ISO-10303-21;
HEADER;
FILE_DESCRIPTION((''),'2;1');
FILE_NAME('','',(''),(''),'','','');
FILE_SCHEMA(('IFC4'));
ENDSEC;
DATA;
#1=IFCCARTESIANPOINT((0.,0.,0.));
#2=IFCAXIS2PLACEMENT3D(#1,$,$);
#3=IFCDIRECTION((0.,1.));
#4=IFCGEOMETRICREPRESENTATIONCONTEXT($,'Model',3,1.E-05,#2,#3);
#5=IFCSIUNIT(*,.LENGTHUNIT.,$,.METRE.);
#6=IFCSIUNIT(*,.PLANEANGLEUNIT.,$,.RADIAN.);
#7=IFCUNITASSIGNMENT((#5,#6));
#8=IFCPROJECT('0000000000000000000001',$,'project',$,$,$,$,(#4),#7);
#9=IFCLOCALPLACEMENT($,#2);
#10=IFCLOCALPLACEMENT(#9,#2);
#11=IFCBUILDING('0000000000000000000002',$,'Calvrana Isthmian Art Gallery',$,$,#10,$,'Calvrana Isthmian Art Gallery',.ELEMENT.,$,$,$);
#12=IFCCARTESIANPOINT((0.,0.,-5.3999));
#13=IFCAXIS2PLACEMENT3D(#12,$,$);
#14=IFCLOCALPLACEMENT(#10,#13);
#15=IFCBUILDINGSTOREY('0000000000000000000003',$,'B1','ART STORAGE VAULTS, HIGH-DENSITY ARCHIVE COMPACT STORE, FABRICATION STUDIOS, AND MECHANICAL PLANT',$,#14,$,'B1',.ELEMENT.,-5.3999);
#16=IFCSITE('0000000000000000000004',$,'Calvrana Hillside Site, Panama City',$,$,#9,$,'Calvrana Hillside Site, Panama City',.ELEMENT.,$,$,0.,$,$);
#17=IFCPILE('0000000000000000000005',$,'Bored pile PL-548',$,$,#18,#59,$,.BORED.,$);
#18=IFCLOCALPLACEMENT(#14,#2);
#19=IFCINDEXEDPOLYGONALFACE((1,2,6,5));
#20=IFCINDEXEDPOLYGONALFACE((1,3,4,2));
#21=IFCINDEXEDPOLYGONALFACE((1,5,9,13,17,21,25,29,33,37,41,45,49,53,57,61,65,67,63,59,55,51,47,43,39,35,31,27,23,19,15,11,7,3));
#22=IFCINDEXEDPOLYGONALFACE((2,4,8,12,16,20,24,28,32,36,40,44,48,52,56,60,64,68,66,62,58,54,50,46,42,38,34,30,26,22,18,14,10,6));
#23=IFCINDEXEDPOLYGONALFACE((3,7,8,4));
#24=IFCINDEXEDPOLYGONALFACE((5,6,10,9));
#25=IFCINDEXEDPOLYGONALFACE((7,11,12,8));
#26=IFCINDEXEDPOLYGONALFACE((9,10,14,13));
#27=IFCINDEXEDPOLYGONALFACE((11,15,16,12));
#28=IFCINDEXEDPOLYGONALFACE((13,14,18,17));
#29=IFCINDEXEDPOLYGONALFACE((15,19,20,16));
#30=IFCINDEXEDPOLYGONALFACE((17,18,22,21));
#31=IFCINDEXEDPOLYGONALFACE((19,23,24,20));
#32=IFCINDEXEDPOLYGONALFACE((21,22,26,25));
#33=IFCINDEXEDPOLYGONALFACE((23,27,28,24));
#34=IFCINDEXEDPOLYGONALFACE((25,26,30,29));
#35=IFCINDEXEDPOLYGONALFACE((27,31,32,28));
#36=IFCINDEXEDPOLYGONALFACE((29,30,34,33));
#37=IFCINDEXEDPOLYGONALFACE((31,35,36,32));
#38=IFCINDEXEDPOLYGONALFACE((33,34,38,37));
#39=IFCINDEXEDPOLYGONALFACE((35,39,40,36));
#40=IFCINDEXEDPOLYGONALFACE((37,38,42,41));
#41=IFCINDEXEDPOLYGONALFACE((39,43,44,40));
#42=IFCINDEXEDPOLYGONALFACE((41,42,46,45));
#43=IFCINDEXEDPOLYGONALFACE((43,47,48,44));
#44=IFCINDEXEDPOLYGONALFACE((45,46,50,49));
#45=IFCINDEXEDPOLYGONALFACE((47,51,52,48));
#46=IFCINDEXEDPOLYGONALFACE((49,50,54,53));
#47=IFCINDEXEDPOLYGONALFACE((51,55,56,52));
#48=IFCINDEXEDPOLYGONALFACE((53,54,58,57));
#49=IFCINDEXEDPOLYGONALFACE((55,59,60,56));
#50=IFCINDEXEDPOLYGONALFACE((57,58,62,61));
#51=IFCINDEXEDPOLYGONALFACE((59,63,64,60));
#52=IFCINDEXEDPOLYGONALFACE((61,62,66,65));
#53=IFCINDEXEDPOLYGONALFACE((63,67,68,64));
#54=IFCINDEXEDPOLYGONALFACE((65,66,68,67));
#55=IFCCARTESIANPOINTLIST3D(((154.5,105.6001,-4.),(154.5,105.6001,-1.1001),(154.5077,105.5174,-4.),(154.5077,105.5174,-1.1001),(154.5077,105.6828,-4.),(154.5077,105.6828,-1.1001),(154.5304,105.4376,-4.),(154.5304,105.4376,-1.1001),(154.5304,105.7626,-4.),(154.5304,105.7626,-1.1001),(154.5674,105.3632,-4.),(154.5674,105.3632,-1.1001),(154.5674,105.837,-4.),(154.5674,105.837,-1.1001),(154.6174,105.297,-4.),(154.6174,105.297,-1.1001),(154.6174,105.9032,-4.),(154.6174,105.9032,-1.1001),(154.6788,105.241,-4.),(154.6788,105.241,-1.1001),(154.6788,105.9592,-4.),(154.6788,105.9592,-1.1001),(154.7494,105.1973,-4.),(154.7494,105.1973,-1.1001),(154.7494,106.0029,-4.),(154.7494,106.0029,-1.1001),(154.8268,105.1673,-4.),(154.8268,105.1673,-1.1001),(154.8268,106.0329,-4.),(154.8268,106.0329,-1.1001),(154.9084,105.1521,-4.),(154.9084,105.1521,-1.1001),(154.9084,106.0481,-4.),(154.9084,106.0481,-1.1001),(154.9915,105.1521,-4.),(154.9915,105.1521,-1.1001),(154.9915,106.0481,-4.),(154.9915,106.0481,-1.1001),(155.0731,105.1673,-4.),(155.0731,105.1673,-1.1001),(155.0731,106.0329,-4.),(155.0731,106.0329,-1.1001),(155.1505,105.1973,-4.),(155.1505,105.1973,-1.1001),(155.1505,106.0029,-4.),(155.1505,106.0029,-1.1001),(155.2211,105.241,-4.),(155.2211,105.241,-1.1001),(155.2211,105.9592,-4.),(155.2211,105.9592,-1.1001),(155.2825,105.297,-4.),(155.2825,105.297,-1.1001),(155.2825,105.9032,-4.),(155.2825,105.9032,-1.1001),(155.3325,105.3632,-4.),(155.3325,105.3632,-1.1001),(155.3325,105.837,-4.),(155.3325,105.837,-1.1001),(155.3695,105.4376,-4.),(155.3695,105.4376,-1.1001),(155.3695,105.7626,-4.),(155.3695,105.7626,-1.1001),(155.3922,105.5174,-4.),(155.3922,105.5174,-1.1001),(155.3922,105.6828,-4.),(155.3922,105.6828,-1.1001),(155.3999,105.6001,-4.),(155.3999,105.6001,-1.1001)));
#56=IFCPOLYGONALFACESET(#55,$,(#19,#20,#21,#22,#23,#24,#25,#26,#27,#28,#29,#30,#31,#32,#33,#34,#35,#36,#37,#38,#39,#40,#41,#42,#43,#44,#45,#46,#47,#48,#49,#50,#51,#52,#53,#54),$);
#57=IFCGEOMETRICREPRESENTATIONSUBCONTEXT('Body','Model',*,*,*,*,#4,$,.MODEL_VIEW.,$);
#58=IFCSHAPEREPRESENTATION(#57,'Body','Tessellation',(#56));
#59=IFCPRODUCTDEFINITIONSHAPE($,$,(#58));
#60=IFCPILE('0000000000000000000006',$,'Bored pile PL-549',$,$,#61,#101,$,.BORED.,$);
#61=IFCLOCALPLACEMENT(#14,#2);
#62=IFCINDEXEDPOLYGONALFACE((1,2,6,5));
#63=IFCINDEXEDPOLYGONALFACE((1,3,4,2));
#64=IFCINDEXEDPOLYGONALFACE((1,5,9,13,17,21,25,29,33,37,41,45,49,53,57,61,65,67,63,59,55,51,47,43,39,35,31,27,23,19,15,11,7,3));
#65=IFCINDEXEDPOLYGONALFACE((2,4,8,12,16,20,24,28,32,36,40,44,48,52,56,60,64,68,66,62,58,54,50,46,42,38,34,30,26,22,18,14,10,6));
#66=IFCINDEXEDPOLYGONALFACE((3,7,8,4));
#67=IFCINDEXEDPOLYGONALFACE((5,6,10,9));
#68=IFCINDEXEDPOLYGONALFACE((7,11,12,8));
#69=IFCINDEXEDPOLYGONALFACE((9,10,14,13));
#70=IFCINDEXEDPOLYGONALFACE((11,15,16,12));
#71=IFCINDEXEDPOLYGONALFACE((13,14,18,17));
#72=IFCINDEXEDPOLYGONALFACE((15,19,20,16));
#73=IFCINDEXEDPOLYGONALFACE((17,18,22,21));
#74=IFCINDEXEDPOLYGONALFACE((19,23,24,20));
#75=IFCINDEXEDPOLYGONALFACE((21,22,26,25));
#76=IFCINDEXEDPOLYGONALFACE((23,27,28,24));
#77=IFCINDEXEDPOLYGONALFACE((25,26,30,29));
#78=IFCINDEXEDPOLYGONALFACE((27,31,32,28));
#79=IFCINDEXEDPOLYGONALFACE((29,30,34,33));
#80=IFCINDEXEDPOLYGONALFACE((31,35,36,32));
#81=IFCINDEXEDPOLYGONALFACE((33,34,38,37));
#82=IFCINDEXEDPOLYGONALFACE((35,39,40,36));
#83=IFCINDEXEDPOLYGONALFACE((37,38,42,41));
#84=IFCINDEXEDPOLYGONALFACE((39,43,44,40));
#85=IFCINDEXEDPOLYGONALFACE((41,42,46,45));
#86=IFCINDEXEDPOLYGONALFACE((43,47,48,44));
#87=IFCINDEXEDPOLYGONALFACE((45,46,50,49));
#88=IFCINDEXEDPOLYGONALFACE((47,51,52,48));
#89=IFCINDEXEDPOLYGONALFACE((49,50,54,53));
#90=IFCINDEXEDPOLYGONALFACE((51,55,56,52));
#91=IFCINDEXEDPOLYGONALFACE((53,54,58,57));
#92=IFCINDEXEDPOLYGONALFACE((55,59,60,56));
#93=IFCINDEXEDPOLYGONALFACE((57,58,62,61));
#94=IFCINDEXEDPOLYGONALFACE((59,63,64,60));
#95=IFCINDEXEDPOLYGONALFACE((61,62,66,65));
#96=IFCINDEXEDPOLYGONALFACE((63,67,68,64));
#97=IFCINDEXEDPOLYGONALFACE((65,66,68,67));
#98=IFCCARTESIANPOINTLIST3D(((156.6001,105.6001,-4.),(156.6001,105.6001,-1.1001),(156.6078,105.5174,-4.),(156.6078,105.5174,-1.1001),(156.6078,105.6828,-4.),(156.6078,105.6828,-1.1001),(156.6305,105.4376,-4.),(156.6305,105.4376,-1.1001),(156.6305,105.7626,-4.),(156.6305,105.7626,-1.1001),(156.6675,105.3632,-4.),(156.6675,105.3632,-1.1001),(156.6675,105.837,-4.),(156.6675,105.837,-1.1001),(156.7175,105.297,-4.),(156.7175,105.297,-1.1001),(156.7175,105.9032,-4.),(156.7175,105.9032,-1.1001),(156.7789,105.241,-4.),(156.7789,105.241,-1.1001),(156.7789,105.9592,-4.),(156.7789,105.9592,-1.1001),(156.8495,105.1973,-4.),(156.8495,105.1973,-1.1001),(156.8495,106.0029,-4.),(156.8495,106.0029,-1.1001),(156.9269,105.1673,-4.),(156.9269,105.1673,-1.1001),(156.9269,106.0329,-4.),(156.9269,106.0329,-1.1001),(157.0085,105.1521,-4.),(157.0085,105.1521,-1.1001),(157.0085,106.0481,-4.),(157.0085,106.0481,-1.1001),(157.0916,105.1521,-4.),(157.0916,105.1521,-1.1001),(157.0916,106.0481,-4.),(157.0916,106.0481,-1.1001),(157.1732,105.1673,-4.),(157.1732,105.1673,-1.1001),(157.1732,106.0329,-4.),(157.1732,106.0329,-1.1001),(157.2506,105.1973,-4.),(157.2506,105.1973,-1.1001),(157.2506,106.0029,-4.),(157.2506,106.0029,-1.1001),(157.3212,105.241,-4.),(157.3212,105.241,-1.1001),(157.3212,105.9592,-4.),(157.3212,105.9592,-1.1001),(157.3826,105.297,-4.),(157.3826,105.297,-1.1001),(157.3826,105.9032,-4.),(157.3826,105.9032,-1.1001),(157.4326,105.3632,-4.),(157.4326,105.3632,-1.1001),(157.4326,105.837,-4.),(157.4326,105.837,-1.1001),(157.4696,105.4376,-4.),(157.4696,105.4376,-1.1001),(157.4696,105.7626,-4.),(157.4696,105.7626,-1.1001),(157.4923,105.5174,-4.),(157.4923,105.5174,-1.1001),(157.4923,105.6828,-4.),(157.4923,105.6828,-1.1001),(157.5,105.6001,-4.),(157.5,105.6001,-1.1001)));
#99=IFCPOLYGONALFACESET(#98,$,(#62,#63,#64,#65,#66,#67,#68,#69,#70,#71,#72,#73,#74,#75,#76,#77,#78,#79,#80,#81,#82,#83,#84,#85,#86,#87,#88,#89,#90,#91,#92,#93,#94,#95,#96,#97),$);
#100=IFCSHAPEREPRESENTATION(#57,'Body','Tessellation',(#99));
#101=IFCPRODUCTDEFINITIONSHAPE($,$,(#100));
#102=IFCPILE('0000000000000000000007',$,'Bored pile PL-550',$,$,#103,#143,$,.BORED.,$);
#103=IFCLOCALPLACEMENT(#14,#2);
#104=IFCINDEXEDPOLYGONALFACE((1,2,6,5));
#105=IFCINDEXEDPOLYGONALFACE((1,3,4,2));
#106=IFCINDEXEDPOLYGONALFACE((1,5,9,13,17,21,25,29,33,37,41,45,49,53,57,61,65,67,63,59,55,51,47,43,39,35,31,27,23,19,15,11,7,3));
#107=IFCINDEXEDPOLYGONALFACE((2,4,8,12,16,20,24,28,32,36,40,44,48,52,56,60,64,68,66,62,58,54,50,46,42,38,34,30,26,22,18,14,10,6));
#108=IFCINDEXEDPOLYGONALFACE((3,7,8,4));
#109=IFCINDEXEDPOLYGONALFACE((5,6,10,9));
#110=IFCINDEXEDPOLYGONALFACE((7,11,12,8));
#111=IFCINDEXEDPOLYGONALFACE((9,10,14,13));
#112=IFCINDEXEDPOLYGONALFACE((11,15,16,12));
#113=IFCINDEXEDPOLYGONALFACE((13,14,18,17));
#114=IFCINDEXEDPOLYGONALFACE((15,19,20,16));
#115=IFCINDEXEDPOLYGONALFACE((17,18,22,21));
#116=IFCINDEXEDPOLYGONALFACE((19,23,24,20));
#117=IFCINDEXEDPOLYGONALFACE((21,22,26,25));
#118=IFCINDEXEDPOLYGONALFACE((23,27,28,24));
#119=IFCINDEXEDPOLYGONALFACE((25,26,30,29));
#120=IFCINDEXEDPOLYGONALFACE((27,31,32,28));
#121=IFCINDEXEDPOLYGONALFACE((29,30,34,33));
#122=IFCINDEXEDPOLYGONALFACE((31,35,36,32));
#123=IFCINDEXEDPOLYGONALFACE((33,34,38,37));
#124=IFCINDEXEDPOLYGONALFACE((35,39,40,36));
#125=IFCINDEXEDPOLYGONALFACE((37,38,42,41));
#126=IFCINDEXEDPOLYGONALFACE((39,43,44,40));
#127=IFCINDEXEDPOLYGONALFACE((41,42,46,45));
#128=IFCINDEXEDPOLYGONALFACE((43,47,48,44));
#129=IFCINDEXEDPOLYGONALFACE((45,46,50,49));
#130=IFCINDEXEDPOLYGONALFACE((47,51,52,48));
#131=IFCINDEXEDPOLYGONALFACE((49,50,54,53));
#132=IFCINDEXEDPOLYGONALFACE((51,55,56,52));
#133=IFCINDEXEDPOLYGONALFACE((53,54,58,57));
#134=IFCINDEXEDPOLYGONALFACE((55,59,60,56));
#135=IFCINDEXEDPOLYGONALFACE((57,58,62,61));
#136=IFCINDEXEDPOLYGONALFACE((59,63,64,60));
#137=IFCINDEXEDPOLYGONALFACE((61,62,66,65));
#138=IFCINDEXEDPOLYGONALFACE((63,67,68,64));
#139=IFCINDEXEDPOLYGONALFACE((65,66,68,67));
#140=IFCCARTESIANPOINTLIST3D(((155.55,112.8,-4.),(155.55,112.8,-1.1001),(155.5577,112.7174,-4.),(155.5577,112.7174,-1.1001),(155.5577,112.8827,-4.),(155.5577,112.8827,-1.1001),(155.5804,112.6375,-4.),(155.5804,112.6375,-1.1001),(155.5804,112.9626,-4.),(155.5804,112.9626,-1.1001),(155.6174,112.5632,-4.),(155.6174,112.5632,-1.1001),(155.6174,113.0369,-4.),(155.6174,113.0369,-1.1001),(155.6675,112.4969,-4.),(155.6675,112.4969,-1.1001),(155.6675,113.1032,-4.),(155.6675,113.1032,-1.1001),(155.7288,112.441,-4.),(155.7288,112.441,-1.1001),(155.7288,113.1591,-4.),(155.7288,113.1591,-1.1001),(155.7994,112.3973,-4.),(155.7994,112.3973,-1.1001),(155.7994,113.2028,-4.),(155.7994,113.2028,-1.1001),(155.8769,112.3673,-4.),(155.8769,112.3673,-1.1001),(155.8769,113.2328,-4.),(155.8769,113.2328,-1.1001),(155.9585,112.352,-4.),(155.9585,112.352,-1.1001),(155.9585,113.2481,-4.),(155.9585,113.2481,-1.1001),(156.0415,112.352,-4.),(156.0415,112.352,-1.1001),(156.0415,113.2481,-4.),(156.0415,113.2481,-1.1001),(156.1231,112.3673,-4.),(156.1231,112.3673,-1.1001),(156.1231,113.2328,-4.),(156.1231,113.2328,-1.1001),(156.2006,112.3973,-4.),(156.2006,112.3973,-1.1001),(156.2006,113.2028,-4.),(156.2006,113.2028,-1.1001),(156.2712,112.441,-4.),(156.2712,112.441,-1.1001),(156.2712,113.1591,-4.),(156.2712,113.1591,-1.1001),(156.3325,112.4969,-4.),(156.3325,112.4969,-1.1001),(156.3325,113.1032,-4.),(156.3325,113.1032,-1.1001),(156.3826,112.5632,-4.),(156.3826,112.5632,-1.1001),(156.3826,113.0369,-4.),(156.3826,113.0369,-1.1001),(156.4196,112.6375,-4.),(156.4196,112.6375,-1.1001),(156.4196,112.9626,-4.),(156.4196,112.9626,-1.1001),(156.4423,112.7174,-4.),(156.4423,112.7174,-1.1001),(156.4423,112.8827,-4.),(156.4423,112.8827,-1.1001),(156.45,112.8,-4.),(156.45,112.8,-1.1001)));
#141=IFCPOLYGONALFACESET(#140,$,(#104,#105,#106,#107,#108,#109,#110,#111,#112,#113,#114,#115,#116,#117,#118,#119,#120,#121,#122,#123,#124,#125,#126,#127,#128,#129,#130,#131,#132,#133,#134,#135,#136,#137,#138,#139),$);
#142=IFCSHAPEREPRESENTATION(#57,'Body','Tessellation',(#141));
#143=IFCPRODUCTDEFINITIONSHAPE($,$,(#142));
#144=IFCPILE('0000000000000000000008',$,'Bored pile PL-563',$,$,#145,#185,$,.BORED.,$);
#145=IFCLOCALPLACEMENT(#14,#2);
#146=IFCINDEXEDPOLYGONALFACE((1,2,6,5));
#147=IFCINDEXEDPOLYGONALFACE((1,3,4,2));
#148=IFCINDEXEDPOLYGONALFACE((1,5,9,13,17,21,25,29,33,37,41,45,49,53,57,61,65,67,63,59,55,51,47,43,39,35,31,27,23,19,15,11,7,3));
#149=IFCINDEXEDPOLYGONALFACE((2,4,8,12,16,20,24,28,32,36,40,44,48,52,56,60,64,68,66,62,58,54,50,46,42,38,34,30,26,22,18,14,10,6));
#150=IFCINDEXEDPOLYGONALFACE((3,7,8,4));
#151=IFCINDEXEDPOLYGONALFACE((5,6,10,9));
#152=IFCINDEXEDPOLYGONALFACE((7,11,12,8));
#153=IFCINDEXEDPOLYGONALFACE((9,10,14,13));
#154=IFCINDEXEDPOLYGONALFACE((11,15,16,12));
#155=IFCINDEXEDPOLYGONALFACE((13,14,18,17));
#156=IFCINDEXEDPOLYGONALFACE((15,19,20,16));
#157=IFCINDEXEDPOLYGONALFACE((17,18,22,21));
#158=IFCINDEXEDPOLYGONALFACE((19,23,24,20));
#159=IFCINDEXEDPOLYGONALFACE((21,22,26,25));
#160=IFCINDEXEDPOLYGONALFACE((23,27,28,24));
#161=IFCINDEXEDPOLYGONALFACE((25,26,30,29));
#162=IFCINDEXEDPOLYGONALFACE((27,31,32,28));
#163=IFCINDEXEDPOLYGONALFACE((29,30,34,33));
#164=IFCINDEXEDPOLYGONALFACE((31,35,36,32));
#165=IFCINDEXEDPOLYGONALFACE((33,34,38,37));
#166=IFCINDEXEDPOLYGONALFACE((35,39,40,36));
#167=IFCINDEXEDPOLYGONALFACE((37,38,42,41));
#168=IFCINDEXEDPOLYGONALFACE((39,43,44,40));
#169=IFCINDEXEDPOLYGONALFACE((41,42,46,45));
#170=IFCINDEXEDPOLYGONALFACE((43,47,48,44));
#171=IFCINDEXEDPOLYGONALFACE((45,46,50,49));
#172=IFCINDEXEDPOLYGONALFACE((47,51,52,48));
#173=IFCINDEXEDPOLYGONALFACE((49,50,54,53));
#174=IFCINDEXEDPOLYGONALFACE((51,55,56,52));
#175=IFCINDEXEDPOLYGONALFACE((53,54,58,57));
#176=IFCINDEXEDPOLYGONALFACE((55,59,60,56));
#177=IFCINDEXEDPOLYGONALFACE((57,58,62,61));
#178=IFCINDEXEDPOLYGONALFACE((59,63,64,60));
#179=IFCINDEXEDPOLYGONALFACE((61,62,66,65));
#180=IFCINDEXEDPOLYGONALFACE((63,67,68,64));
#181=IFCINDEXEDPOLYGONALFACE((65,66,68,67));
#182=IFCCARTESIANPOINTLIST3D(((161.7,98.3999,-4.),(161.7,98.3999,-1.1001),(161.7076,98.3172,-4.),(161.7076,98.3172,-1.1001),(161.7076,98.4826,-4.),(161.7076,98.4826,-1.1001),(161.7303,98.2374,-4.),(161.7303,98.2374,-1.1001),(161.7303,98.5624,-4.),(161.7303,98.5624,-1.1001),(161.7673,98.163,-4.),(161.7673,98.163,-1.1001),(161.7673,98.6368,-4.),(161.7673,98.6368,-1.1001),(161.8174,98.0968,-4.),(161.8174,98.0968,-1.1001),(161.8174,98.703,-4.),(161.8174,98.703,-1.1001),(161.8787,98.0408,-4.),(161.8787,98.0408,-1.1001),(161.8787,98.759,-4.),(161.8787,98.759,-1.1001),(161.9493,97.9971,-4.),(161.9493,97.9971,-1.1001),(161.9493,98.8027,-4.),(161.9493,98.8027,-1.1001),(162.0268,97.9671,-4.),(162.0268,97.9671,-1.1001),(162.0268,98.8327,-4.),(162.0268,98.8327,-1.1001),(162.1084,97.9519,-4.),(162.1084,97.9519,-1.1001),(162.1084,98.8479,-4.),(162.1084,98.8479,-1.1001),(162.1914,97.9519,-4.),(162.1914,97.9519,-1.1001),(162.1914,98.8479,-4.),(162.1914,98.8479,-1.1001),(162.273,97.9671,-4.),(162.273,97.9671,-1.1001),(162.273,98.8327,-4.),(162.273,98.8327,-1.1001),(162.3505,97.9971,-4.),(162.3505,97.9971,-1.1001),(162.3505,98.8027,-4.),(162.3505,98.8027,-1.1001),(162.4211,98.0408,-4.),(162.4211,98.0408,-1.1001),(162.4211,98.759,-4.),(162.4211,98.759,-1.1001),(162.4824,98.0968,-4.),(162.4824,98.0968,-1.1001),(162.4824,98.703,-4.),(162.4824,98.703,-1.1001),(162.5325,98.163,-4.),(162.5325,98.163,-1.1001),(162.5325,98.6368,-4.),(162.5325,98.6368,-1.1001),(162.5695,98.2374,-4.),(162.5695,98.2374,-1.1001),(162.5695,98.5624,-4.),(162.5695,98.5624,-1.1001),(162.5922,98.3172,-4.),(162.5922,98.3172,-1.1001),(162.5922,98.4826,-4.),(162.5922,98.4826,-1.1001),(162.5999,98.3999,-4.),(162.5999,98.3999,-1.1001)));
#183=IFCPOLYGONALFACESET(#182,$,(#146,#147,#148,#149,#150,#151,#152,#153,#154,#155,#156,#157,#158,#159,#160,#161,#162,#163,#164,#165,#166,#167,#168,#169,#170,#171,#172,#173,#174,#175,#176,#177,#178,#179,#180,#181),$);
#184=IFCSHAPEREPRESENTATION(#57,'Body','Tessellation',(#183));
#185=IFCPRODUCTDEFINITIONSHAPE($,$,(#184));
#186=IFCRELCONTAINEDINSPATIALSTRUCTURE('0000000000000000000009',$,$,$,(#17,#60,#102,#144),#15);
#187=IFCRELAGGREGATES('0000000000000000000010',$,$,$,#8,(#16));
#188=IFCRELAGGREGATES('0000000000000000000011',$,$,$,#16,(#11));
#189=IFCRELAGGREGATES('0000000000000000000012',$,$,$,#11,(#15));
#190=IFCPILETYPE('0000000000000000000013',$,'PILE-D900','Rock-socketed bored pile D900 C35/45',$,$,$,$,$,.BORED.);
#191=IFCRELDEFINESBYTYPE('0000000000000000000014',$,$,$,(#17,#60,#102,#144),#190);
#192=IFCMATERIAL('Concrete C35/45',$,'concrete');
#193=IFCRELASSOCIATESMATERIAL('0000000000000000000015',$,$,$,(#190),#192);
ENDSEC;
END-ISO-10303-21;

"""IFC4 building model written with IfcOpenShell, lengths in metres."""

from ifc_helpers import new_model, si_unit, direction, frame, origin, origin_2d, place, context, subcontext, project, spatial, circle, extrude, material, material_profile, profile_set, type_object, element, save


model = new_model("IFC4")

# Units and contexts
model_context = context("Model", 3, precision=1e-05, world=origin(), true_north=direction((0.0, 1.0)))
body_context = subcontext(model_context, "Body", "Model", "MODEL_VIEW")
ifc_project = project(units=[si_unit("LENGTHUNIT", "METRE"), si_unit("PLANEANGLEUNIT", "RADIAN")], contexts=[model_context])

# Site, building, storey
site_placement = place(None, origin())
site = spatial("IfcSite", under=ifc_project, at=site_placement, Name="Calvrana Hillside Site, Panama City", LongName="Calvrana Hillside Site, Panama City", CompositionType="ELEMENT", RefElevation=0.0)
building_placement = place(site_placement, origin())
building = spatial("IfcBuilding", under=site, at=building_placement, Name="Calvrana Isthmian Art Gallery", LongName="Calvrana Isthmian Art Gallery", CompositionType="ELEMENT")
storey_placement = place(building_placement, frame((0.0, 0.0, -5.3999)))
storey = spatial("IfcBuildingStorey", under=building, at=storey_placement, Name="B1", Description="ART STORAGE VAULTS, HIGH-DENSITY ARCHIVE COMPACT STORE, FABRICATION STUDIOS, AND MECHANICAL PLANT", LongName="B1", CompositionType="ELEMENT", Elevation=-5.3999)

# Shared definitions
ifc_material_1 = material(Name="Concrete C35/45", Category="concrete")

# Piles
ifc_material_profile_1 = material_profile(ifc_material_1, circle(Radius=0.45, at=origin_2d()), Name="PILE900D")
ifc_profile_set_1 = profile_set([ifc_material_profile_1], Name="Concrete C35/45")
pile_type = type_object("IfcPileType", Name="PILE-D900", Description="Rock-socketed bored pile D900 C35/45", PredefinedType="BORED", material=ifc_profile_set_1)
for number, where, z_axis, x_axis, name in (
    (1, (154.95, 105.6001, -1.1001), (0.0, 0.0, -1.0), (1.0, 0.0, 0.0), "Bored pile PL-548"),
    (2, (157.05, 105.6001, -1.1001), (0.0, 0.0, -1.0), (1.0, 0.0, 0.0), "Bored pile PL-549"),
    (3, (156.0, 112.8, -1.1001), (0.0, 0.0, -1.0), (1.0, 0.0, 0.0), "Bored pile PL-550"),
    (4, (162.1499, 98.3999, -1.1001), (0.0, 0.0, -1.0), (1.0, 0.0, 0.0), "Bored pile PL-563"),
):
    element("IfcPile", number, at=place(storey_placement, frame(where, z_axis=z_axis, x_axis=x_axis)), inside=storey, type_object=pile_type, Name=name, PredefinedType="BORED", context=body_context, shape_type="SweptSolid", body=[
        extrude(circle(Radius=0.45, at=origin_2d()), origin(), (0.0, 0.0, 1.0), 2.8999),
    ])

save(model, "model.ifc")
